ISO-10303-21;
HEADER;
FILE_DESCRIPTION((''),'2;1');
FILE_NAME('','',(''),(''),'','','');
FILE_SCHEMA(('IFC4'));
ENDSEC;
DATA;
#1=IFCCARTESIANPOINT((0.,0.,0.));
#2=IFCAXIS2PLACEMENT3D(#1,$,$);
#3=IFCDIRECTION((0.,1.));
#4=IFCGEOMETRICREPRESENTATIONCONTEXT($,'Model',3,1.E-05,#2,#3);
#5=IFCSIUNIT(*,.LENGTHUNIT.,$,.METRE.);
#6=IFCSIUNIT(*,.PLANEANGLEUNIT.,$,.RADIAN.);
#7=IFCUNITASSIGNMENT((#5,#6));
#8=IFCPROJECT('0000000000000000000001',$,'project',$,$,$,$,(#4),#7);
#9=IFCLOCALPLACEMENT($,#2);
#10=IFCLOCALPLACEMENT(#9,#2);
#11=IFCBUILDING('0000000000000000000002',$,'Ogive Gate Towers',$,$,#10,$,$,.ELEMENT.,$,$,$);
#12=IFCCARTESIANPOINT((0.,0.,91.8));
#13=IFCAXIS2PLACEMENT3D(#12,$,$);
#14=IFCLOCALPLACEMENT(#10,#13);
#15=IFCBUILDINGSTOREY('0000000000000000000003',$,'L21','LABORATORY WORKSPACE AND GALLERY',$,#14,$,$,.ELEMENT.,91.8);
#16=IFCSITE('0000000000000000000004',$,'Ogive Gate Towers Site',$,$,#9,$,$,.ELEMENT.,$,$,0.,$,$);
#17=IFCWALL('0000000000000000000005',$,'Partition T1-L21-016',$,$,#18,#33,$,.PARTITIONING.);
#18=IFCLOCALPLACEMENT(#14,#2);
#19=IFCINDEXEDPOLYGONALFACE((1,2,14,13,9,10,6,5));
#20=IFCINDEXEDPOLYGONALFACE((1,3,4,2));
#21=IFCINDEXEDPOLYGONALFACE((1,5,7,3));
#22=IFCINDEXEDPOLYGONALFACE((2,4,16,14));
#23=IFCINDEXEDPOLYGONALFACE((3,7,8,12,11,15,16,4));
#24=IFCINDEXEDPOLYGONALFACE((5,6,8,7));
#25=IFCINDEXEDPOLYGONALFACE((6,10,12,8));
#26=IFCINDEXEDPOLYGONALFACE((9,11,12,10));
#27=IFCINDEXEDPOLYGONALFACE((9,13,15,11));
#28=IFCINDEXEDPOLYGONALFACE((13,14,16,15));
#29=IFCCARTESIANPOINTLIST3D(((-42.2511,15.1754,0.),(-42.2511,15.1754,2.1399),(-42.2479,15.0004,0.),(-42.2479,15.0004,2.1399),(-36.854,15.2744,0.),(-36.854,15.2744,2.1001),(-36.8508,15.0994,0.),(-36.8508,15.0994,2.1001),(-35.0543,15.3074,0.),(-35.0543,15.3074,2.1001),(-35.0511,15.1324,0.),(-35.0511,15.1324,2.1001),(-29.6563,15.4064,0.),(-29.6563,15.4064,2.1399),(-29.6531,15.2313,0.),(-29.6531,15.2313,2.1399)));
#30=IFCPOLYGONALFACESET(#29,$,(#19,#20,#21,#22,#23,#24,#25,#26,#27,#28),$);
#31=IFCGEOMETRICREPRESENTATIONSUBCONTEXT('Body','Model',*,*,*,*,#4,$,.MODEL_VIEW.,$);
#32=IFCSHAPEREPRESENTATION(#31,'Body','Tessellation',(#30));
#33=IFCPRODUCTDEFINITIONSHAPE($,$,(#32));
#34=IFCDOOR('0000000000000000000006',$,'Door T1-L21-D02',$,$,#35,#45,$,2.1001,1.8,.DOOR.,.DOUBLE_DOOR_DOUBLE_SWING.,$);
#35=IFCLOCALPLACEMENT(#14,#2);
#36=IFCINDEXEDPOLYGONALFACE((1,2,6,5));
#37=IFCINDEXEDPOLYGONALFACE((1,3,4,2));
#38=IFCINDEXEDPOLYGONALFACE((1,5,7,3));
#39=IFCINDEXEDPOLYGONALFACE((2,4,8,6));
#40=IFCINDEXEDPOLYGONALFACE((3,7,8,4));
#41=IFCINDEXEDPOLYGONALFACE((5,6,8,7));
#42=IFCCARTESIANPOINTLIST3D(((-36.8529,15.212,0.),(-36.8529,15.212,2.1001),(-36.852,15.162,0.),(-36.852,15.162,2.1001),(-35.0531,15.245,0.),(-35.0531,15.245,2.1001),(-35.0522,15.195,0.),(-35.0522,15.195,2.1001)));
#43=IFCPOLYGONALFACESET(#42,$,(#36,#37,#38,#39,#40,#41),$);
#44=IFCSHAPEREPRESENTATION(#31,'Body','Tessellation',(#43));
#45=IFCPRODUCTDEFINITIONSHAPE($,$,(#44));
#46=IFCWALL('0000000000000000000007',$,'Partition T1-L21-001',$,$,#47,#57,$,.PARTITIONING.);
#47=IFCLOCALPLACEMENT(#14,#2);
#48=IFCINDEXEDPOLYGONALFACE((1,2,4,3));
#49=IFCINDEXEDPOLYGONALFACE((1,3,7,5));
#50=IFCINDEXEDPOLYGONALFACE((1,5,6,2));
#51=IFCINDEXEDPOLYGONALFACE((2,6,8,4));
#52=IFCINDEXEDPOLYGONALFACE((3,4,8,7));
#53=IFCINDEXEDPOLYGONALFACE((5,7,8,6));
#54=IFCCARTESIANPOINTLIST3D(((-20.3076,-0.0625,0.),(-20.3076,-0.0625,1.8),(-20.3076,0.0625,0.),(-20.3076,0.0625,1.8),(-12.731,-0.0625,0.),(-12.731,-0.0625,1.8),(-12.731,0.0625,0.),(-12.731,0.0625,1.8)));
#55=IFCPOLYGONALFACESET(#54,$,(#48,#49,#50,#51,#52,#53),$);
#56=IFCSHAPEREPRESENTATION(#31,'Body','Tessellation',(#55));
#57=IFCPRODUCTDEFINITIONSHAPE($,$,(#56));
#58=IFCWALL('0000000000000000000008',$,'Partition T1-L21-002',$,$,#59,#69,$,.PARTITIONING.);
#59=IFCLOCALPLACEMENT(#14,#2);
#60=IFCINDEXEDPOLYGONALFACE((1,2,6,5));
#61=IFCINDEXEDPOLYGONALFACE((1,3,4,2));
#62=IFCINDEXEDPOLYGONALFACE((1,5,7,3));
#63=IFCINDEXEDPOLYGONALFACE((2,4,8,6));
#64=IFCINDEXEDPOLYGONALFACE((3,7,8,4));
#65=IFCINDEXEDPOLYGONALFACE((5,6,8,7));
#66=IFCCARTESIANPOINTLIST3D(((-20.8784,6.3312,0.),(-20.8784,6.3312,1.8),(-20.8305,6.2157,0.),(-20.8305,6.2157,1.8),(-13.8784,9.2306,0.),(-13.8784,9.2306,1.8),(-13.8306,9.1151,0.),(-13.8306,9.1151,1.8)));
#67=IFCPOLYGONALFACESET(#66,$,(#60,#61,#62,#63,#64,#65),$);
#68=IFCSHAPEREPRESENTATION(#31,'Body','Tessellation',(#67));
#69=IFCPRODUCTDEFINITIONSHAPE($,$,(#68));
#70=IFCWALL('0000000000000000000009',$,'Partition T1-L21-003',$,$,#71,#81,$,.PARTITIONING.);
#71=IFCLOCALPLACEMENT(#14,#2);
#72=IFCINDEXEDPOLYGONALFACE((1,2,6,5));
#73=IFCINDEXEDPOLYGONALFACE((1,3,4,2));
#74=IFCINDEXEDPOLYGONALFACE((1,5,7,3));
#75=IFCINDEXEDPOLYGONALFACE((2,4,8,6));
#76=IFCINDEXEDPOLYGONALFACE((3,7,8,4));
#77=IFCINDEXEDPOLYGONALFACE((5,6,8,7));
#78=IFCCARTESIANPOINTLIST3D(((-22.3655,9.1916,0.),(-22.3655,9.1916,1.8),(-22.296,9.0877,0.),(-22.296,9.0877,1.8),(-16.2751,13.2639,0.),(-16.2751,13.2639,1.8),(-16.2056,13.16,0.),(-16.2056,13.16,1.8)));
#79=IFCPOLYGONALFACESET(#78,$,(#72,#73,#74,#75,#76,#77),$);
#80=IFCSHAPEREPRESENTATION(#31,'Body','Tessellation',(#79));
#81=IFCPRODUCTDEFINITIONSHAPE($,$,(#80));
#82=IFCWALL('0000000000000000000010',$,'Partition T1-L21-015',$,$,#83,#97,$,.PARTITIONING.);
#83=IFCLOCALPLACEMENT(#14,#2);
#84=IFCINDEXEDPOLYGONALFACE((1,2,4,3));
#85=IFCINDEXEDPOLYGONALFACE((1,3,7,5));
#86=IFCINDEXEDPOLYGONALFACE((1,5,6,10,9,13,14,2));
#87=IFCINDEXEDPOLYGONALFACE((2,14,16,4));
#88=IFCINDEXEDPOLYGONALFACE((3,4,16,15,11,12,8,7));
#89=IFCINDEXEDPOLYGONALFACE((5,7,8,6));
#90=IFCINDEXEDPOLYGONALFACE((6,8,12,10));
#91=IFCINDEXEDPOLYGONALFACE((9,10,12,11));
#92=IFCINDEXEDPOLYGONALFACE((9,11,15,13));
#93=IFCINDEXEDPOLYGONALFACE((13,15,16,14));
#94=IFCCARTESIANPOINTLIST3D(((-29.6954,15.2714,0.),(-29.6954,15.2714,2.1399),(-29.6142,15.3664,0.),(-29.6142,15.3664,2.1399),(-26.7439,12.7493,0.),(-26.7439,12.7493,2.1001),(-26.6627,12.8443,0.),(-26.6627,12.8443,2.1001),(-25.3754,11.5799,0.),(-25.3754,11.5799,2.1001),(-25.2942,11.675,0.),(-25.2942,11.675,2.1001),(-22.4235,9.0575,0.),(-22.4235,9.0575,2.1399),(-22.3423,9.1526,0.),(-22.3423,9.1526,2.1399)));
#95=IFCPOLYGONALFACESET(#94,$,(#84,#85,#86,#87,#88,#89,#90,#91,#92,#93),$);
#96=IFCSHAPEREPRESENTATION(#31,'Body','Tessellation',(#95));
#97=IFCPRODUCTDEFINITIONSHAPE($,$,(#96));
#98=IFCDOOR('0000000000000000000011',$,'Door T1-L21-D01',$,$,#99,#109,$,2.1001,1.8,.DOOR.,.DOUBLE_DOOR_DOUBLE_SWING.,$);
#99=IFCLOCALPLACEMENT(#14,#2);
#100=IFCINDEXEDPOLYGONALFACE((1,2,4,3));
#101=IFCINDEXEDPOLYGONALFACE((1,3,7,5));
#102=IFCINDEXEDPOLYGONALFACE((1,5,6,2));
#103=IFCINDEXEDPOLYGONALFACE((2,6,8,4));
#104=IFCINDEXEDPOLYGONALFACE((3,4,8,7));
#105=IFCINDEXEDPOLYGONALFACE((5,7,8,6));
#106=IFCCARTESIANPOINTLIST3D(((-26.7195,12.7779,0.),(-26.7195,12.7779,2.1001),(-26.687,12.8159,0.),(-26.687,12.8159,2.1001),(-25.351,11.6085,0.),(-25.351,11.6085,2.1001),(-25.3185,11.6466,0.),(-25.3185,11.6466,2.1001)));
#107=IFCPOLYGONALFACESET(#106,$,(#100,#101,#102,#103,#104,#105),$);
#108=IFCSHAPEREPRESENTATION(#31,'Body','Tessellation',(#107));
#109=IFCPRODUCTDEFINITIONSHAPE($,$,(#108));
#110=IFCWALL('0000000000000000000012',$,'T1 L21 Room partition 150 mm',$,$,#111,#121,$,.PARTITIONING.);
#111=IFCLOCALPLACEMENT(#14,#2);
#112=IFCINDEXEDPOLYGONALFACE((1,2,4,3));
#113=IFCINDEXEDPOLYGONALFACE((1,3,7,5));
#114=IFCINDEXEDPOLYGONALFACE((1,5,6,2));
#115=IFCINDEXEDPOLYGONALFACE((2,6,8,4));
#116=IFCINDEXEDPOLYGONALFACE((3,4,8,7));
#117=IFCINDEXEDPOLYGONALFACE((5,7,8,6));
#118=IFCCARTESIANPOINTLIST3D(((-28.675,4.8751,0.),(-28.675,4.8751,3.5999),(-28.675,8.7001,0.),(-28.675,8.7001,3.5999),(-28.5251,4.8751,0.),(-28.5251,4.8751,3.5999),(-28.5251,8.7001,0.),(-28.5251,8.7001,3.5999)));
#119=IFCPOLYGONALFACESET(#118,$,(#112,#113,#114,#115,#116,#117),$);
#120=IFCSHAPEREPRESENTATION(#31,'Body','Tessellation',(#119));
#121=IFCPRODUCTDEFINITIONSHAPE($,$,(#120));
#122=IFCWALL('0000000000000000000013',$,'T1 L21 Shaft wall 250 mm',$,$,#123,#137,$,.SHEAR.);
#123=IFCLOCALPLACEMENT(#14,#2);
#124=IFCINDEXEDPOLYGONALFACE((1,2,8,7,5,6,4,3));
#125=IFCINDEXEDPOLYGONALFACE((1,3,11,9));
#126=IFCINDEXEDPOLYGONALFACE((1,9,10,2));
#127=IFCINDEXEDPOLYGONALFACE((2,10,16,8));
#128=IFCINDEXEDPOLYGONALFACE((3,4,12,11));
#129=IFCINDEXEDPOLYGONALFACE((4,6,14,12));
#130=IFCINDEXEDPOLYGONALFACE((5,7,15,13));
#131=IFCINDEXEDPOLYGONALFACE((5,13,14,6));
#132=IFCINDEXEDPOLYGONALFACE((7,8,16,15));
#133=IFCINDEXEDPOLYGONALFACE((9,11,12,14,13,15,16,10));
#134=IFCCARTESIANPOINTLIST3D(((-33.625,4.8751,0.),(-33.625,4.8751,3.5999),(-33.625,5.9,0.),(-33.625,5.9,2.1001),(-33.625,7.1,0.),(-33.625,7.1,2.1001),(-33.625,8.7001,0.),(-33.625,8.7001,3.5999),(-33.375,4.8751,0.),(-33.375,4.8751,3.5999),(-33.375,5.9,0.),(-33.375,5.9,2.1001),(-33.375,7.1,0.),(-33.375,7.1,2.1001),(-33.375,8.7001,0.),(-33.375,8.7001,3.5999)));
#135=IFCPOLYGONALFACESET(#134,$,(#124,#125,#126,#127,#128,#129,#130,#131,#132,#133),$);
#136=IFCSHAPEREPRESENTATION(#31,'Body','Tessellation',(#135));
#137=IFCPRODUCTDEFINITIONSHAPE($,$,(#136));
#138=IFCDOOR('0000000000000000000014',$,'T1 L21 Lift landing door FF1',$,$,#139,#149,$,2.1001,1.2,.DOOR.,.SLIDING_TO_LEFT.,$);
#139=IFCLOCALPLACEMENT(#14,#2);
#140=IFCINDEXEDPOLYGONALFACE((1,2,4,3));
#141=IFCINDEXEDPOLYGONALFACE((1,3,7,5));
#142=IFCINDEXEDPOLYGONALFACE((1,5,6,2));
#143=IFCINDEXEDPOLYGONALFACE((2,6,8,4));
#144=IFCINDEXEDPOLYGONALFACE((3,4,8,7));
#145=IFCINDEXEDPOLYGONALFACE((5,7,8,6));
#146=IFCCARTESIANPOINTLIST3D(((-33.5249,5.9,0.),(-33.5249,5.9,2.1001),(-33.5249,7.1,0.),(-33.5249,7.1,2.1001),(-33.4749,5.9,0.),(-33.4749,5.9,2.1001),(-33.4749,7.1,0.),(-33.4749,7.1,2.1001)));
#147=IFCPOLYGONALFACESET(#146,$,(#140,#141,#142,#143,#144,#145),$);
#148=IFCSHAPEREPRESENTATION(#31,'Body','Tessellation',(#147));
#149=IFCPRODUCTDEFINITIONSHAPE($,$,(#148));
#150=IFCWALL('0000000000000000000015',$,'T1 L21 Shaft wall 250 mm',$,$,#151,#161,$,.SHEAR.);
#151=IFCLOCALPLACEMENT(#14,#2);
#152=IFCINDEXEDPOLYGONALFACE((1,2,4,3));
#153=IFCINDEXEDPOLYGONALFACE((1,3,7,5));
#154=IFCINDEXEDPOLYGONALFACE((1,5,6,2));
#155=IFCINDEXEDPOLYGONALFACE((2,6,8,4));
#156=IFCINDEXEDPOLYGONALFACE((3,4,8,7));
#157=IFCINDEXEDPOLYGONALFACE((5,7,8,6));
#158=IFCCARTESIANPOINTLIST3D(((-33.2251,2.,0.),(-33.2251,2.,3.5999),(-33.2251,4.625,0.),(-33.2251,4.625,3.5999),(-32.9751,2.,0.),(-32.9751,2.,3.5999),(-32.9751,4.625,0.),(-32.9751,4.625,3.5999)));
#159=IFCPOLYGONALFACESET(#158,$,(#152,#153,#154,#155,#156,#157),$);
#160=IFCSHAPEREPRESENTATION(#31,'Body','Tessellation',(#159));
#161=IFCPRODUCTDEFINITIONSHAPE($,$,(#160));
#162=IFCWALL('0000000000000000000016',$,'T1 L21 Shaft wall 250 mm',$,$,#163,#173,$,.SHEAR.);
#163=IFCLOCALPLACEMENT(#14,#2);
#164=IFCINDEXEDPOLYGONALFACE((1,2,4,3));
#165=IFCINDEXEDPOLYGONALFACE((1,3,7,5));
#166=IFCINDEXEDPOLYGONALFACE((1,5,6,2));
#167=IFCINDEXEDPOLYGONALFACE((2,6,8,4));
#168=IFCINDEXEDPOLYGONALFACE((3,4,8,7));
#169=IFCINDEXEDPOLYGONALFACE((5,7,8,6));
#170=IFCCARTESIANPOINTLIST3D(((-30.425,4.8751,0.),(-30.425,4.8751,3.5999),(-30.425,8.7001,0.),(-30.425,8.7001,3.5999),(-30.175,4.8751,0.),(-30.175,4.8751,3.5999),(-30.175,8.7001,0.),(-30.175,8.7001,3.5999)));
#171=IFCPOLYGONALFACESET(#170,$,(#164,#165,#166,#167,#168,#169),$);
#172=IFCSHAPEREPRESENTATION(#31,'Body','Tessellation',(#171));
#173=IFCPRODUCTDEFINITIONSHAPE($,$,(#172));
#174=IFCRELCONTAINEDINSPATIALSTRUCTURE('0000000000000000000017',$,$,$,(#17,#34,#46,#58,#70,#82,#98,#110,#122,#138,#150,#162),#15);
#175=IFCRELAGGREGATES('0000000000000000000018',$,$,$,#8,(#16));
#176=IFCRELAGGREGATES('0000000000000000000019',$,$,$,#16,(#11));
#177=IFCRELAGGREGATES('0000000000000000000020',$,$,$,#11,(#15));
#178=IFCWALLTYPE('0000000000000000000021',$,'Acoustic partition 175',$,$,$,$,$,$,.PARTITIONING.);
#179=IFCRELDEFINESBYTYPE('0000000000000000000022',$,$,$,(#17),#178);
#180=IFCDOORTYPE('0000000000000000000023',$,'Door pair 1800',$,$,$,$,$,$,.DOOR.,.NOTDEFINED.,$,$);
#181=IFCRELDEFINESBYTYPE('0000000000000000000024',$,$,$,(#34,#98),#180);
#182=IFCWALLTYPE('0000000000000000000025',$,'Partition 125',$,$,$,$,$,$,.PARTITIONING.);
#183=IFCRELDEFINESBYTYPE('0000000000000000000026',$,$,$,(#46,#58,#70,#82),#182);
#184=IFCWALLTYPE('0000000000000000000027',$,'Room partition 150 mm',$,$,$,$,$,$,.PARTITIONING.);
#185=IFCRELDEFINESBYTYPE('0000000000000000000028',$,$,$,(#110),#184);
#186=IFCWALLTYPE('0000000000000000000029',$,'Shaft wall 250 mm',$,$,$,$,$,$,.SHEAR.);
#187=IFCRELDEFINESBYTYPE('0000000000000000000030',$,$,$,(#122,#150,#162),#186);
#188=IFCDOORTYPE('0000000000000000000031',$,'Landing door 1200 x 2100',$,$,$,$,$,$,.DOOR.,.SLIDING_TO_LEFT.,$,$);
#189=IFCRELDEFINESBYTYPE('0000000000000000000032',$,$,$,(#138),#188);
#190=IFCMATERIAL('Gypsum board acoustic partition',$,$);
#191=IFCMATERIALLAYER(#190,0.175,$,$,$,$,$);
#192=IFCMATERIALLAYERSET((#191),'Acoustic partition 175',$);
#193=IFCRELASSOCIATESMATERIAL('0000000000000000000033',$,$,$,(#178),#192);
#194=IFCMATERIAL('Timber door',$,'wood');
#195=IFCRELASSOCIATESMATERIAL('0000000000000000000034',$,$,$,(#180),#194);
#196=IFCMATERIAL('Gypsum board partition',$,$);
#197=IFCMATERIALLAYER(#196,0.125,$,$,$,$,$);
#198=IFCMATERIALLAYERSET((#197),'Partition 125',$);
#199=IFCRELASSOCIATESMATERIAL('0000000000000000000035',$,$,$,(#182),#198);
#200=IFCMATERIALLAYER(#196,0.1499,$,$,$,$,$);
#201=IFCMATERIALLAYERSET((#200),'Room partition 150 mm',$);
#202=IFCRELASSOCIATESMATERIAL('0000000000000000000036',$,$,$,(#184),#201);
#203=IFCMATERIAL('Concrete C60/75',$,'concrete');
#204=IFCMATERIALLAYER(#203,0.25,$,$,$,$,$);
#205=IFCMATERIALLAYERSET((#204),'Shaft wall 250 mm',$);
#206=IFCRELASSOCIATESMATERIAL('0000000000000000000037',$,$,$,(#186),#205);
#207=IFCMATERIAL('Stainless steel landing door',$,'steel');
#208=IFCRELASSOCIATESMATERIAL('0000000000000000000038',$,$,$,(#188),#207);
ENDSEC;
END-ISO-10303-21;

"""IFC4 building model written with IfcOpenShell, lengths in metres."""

from ifc_helpers import new_model, si_unit, direction, frame, frame_2d, origin, place, context, subcontext, project, spatial, rectangle, extrude, material, layer, layer_set, type_object, element, fill, save


model = new_model("IFC4")

# Units and contexts
model_context = context("Model", 3, precision=1e-05, world=origin(), true_north=direction((0.0, 1.0)))
body_context = subcontext(model_context, "Body", "Model", "MODEL_VIEW")
ifc_project = project(units=[si_unit("LENGTHUNIT", "METRE"), si_unit("PLANEANGLEUNIT", "RADIAN")], contexts=[model_context])

# Site, building, storey
site_placement = place(None, origin())
site = spatial("IfcSite", under=ifc_project, at=site_placement, Name="Ogive Gate Towers Site", CompositionType="ELEMENT", RefElevation=0.0)
building_placement = place(site_placement, origin())
building = spatial("IfcBuilding", under=site, at=building_placement, Name="Ogive Gate Towers", CompositionType="ELEMENT")
storey_placement = place(building_placement, frame((0.0, 0.0, 91.8)))
storey = spatial("IfcBuildingStorey", under=building, at=storey_placement, Name="L21", Description="LABORATORY WORKSPACE AND GALLERY", CompositionType="ELEMENT", Elevation=91.8)

# Shared definitions
ifc_material_1 = material(Name="Gypsum board acoustic partition")
ifc_layer_1 = layer(ifc_material_1, 0.175)
ifc_layer_set_1 = layer_set([ifc_layer_1], Name="Acoustic partition 175")
wall_type_1 = type_object("IfcWallType", Name="Acoustic partition 175", PredefinedType="PARTITIONING", material=ifc_layer_set_1)

# Wall, opening, door
wall_1_placement = place(storey_placement, frame((-29.6548, 15.3188, 0.0), z_axis=(0.0, 0.0, 1.0), x_axis=(-0.999832, -0.018335, 0.0)))
wall_1 = element("IfcWall", 1, at=wall_1_placement, inside=storey, type_object=wall_type_1, Name="Partition T1-L21-016", PredefinedType="PARTITIONING", context=body_context, shape_type="SweptSolid", body=[
    extrude(rectangle(XDim=12.5969, YDim=0.175, at=frame_2d((6.2983, 0.0))), origin(), (0.0, 0.0, 1.0), 2.1399),
])
opening_1_placement = place(wall_1_placement, frame((5.3989, 0.0, 0.0)))
opening_1 = element("IfcOpeningElement", 2, at=opening_1_placement, cuts=wall_1, PredefinedType="OPENING", context=body_context, shape_type="SweptSolid", body=[
    extrude(rectangle(XDim=1.8, YDim=2.1001, at=frame_2d((0.8999, 1.05))), frame((0.0, 0.0977, 0.0), z_axis=(0.0, -1.0, 0.0), x_axis=(1.0, 0.0, 0.0)), (0.0, 0.0, 1.0), 0.1951),
])
ifc_material_2 = material(Name="Timber door", Category="wood")
door_type_1 = type_object("IfcDoorType", Name="Door pair 1800", OperationType="NOTDEFINED", PredefinedType="DOOR", material=ifc_material_2)
door_1_placement = place(opening_1_placement, origin())
door_1 = element("IfcDoor", 3, at=door_1_placement, inside=storey, type_object=door_type_1, Name="Door T1-L21-D02", OperationType="DOUBLE_DOOR_DOUBLE_SWING", OverallHeight=2.1001, OverallWidth=1.8, PredefinedType="DOOR", context=body_context, shape_type="SweptSolid", body=[
    extrude(rectangle(XDim=1.8, YDim=2.1001, at=frame_2d((0.8999, 1.05))), frame((0.0, 0.0249, 0.0), z_axis=(0.0, -1.0, 0.0), x_axis=(1.0, 0.0, 0.0)), (0.0, 0.0, 1.0), 0.05),
])
fill(opening_1, door_1)

# Walls
ifc_material_3 = material(Name="Gypsum board partition")
ifc_layer_2 = layer(ifc_material_3, 0.125)
ifc_layer_set_2 = layer_set([ifc_layer_2], Name="Partition 125")
wall_type_2 = type_object("IfcWallType", Name="Partition 125", PredefinedType="PARTITIONING", material=ifc_layer_set_2)
for number, where, z_axis, x_axis, name in (
    (4, (-12.731, 0.0, 0.0), (0.0, 0.0, 1.0), (-1.0, 0.0, 0.0), "Partition T1-L21-001"),
    (5, (-13.8545, 9.1729, 0.0), (0.0, 0.0, 1.0), (-0.923883, -0.382674, 0.0), "Partition T1-L21-002"),
):
    element("IfcWall", number, at=place(storey_placement, frame(where, z_axis=z_axis, x_axis=x_axis)), inside=storey, type_object=wall_type_2, Name=name, PredefinedType="PARTITIONING", context=body_context, shape_type="SweptSolid", body=[
        extrude(rectangle(XDim=7.5767, YDim=0.125, at=frame_2d((3.7883, 0.0))), origin(), (0.0, 0.0, 1.0), 1.8),
    ])
wall_2_placement = place(storey_placement, frame((-16.2405, 13.2119, 0.0), z_axis=(0.0, 0.0, 1.0), x_axis=(-0.831291, -0.555838, 0.0)))
element("IfcWall", 6, at=wall_2_placement, inside=storey, type_object=wall_type_2, Name="Partition T1-L21-003", PredefinedType="PARTITIONING", context=body_context, shape_type="SweptSolid", body=[
    extrude(rectangle(XDim=7.3264, YDim=0.125, at=frame_2d((3.6631, 0.0))), origin(), (0.0, 0.0, 1.0), 1.8),
])

# Wall, opening, door
wall_3_placement = place(storey_placement, frame((-22.3828, 9.105, 0.0), z_axis=(0.0, 0.0, 1.0), x_axis=(-0.76025, 0.64963, 0.0)))
wall_3 = element("IfcWall", 7, at=wall_3_placement, inside=storey, type_object=wall_type_2, Name="Partition T1-L21-015", PredefinedType="PARTITIONING", context=body_context, shape_type="SweptSolid", body=[
    extrude(rectangle(XDim=9.5652, YDim=0.125, at=frame_2d((4.7827, 0.0))), origin(), (0.0, 0.0, 1.0), 2.1399),
])
opening_2_placement = place(wall_3_placement, frame((3.8831, 0.0, 0.0)))
opening_2 = element("IfcOpeningElement", 8, at=opening_2_placement, cuts=wall_3, PredefinedType="OPENING", context=body_context, shape_type="SweptSolid", body=[
    extrude(rectangle(XDim=1.8, YDim=2.1001, at=frame_2d((0.8999, 1.05))), frame((0.0, 0.0725, 0.0), z_axis=(0.0, -1.0, 0.0), x_axis=(1.0, 0.0, 0.0)), (0.0, 0.0, 1.0), 0.145),
])
door_2_placement = place(opening_2_placement, origin())
door_2 = element("IfcDoor", 9, at=door_2_placement, inside=storey, type_object=door_type_1, Name="Door T1-L21-D01", OperationType="DOUBLE_DOOR_DOUBLE_SWING", OverallHeight=2.1001, OverallWidth=1.8, PredefinedType="DOOR", context=body_context, shape_type="SweptSolid", body=[
    extrude(rectangle(XDim=1.8, YDim=2.1001, at=frame_2d((0.8999, 1.05))), frame((0.0, 0.0249, 0.0), z_axis=(0.0, -1.0, 0.0), x_axis=(1.0, 0.0, 0.0)), (0.0, 0.0, 1.0), 0.05),
])
fill(opening_2, door_2)

# Wall
ifc_layer_3 = layer(ifc_material_3, 0.1499)
ifc_layer_set_3 = layer_set([ifc_layer_3], Name="Room partition 150 mm")
wall_type_3 = type_object("IfcWallType", Name="Room partition 150 mm", PredefinedType="PARTITIONING", material=ifc_layer_set_3)
wall_4_placement = place(storey_placement, frame((-28.6001, 4.875, 0.0), z_axis=(0.0, 0.0, 1.0), x_axis=(0.0, 1.0, 0.0)))
element("IfcWall", 10, at=wall_4_placement, inside=storey, type_object=wall_type_3, Name="T1 L21 Room partition 150 mm", PredefinedType="PARTITIONING", context=body_context, shape_type="SweptSolid", body=[
    extrude(rectangle(XDim=3.825, YDim=0.1499, at=frame_2d((1.9126, 0.0))), origin(), (0.0, 0.0, 1.0), 3.5999),
])

# Wall, opening, door
ifc_material_4 = material(Name="Concrete C60/75", Category="concrete")
ifc_layer_4 = layer(ifc_material_4, 0.25)
ifc_layer_set_4 = layer_set([ifc_layer_4], Name="Shaft wall 250 mm")
wall_type_4 = type_object("IfcWallType", Name="Shaft wall 250 mm", PredefinedType="SHEAR", material=ifc_layer_set_4)
wall_5_placement = place(storey_placement, frame((-33.5, 4.875, 0.0), z_axis=(0.0, 0.0, 1.0), x_axis=(0.0, 1.0, 0.0)))
wall_5 = element("IfcWall", 11, at=wall_5_placement, inside=storey, type_object=wall_type_4, Name="T1 L21 Shaft wall 250 mm", PredefinedType="SHEAR", context=body_context, shape_type="SweptSolid", body=[
    extrude(rectangle(XDim=3.825, YDim=0.25, at=frame_2d((1.9126, 0.0))), origin(), (0.0, 0.0, 1.0), 3.5999),
])
opening_3_placement = place(wall_5_placement, frame((1.0249, 0.0, 0.0)))
opening_3 = element("IfcOpeningElement", 12, at=opening_3_placement, cuts=wall_5, PredefinedType="OPENING", context=body_context, shape_type="SweptSolid", body=[
    extrude(rectangle(XDim=1.2, YDim=2.1001, at=frame_2d((0.6001, 1.05))), frame((0.0, 0.135, 0.0), z_axis=(0.0, -1.0, 0.0), x_axis=(1.0, 0.0, 0.0)), (0.0, 0.0, 1.0), 0.27),
])
ifc_material_5 = material(Name="Stainless steel landing door", Category="steel")
door_type_2 = type_object("IfcDoorType", Name="Landing door 1200 x 2100", OperationType="SLIDING_TO_LEFT", PredefinedType="DOOR", material=ifc_material_5)
door_3_placement = place(opening_3_placement, origin())
door_3 = element("IfcDoor", 13, at=door_3_placement, inside=storey, type_object=door_type_2, Name="T1 L21 Lift landing door FF1", OperationType="SLIDING_TO_LEFT", OverallHeight=2.1001, OverallWidth=1.2, PredefinedType="DOOR", context=body_context, shape_type="SweptSolid", body=[
    extrude(rectangle(XDim=1.2, YDim=2.1001, at=frame_2d((0.6001, 1.05))), frame((0.0, 0.0249, 0.0), z_axis=(0.0, -1.0, 0.0), x_axis=(1.0, 0.0, 0.0)), (0.0, 0.0, 1.0), 0.05),
])
fill(opening_3, door_3)

# Walls
wall_6_placement = place(storey_placement, frame((-33.1001, 2.0, 0.0), z_axis=(0.0, 0.0, 1.0), x_axis=(0.0, 1.0, 0.0)))
element("IfcWall", 14, at=wall_6_placement, inside=storey, type_object=wall_type_4, Name="T1 L21 Shaft wall 250 mm", PredefinedType="SHEAR", context=body_context, shape_type="SweptSolid", body=[
    extrude(rectangle(XDim=2.625, YDim=0.25, at=frame_2d((1.3125, 0.0))), origin(), (0.0, 0.0, 1.0), 3.5999),
])
wall_7_placement = place(storey_placement, frame((-30.3, 4.875, 0.0), z_axis=(0.0, 0.0, 1.0), x_axis=(0.0, 1.0, 0.0)))
element("IfcWall", 15, at=wall_7_placement, inside=storey, type_object=wall_type_4, Name="T1 L21 Shaft wall 250 mm", PredefinedType="SHEAR", context=body_context, shape_type="SweptSolid", body=[
    extrude(rectangle(XDim=3.825, YDim=0.25, at=frame_2d((1.9126, 0.0))), origin(), (0.0, 0.0, 1.0), 3.5999),
])

save(model, "model.ifc")
